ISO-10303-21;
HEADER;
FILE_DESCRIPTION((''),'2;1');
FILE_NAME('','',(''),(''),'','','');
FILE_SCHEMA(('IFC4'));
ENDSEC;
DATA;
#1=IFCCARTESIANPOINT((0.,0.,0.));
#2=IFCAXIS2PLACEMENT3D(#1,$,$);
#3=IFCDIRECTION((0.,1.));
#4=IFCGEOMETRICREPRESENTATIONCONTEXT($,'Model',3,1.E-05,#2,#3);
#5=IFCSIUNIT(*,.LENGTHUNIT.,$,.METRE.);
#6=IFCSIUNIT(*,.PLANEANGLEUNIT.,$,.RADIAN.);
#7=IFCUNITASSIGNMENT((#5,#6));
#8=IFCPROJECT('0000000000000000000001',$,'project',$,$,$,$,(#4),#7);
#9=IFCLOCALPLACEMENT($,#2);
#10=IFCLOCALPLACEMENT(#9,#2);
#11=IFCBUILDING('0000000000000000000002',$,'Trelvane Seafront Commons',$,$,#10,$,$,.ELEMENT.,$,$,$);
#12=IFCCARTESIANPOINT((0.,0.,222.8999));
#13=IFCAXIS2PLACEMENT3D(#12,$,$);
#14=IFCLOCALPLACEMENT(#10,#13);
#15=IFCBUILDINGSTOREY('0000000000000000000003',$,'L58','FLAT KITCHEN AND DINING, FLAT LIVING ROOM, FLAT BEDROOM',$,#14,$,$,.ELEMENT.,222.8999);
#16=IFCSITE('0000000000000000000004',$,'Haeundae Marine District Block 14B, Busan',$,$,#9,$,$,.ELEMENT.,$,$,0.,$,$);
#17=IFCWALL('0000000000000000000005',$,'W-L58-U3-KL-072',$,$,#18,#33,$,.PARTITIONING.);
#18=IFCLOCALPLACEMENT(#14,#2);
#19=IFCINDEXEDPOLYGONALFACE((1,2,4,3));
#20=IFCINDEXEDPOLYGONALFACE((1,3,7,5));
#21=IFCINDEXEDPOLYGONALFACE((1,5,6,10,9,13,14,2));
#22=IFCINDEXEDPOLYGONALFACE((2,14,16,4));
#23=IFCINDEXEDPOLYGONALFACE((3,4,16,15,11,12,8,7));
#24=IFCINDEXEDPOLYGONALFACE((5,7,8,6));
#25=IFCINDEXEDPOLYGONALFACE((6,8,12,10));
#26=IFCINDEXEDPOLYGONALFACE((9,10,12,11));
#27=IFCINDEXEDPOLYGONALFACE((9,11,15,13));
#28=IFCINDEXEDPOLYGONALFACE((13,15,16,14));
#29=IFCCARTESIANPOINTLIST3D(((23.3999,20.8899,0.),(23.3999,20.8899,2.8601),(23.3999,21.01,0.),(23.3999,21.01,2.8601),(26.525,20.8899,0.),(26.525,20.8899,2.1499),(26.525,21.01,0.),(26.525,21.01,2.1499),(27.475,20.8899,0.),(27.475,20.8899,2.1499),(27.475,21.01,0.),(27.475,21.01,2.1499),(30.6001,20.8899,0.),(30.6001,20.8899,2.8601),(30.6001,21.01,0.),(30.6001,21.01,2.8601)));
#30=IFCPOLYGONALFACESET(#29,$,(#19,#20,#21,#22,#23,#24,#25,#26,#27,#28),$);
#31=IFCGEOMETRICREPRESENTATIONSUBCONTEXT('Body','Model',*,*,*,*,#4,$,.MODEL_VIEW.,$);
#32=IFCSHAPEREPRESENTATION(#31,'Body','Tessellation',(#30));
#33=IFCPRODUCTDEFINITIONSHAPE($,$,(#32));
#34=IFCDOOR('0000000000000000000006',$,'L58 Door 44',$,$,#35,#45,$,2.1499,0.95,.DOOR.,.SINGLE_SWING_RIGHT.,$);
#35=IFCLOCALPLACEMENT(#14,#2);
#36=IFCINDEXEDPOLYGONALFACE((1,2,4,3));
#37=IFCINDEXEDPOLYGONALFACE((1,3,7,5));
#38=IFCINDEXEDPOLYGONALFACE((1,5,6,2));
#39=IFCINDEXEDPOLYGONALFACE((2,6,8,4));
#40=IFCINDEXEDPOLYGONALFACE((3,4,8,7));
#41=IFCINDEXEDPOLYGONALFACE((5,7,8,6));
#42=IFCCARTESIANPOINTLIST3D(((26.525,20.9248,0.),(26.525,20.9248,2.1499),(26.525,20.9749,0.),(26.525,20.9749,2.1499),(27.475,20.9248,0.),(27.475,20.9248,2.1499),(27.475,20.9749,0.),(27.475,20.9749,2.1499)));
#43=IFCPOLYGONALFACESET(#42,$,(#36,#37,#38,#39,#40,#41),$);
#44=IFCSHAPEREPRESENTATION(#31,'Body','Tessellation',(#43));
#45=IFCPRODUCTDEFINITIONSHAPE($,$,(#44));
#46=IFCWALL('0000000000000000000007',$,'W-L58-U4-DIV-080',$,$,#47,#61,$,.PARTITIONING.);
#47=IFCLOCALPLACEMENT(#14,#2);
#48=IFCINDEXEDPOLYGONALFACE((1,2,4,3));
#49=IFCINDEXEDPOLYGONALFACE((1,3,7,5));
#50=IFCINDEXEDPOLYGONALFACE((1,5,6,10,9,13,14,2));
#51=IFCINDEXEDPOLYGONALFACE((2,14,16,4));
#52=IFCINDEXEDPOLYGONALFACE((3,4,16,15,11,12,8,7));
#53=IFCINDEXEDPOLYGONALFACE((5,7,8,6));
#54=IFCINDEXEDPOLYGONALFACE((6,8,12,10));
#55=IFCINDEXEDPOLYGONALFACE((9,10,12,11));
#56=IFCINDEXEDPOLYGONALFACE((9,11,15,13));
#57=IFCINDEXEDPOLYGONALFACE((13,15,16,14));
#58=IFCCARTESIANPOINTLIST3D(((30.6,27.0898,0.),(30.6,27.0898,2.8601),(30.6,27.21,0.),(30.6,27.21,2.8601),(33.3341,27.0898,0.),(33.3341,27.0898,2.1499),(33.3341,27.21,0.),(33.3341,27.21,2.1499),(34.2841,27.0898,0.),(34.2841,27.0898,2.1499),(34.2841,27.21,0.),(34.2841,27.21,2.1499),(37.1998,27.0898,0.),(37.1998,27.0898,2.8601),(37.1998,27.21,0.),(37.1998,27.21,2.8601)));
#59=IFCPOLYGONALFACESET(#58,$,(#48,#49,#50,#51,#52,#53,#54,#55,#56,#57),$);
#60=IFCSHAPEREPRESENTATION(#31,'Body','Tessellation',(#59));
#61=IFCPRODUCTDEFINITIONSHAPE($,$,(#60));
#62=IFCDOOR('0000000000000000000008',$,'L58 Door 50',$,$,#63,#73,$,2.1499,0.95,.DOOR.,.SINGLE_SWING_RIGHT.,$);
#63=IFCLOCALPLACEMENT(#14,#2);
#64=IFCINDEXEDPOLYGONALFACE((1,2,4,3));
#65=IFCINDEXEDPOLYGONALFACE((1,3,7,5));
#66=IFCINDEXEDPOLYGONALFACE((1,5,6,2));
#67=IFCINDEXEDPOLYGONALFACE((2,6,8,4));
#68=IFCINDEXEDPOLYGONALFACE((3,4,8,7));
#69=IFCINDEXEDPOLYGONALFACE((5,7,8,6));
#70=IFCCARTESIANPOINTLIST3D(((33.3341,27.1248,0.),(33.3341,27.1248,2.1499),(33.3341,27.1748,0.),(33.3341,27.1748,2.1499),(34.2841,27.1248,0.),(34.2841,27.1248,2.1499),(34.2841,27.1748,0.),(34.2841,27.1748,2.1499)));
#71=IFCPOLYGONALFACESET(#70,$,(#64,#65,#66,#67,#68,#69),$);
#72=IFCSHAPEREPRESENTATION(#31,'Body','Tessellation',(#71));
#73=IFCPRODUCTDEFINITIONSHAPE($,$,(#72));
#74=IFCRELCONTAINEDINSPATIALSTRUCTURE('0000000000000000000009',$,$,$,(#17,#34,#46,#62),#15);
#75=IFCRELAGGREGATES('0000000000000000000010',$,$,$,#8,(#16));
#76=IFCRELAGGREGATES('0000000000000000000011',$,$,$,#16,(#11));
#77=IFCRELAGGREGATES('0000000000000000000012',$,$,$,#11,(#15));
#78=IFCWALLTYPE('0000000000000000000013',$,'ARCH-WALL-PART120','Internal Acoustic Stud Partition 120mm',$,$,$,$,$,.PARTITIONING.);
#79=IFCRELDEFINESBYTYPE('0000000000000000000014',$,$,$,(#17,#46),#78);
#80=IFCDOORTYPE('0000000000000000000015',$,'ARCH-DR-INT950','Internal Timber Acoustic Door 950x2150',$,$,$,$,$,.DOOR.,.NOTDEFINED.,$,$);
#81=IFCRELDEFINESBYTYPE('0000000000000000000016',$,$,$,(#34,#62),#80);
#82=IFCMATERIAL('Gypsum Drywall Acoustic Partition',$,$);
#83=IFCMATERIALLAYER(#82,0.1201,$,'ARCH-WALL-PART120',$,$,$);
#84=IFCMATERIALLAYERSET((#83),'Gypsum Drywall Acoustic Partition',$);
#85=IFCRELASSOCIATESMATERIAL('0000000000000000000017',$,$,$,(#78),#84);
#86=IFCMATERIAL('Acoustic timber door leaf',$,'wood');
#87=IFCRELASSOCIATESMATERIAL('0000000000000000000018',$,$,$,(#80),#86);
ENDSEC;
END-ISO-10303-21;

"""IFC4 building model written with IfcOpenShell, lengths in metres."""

from ifc_helpers import new_model, si_unit, direction, frame, frame_2d, origin, place, context, subcontext, project, spatial, rectangle, extrude, source, transform, mapped, material, layer, layer_set, type_object, element, fill, save


model = new_model("IFC4")

# Units and contexts
model_context = context("Model", 3, precision=1e-05, world=origin(), true_north=direction((0.0, 1.0)))
body_context = subcontext(model_context, "Body", "Model", "MODEL_VIEW")
ifc_project = project(units=[si_unit("LENGTHUNIT", "METRE"), si_unit("PLANEANGLEUNIT", "RADIAN")], contexts=[model_context])

# Site, building, storey
site_placement = place(None, origin())
site = spatial("IfcSite", under=ifc_project, at=site_placement, Name="Haeundae Marine District Block 14B, Busan", CompositionType="ELEMENT", RefElevation=0.0)
building_placement = place(site_placement, origin())
building = spatial("IfcBuilding", under=site, at=building_placement, Name="Trelvane Seafront Commons", CompositionType="ELEMENT")
storey_placement = place(building_placement, frame((0.0, 0.0, 222.8999)))
storey = spatial("IfcBuildingStorey", under=building, at=storey_placement, Name="L58", Description="FLAT KITCHEN AND DINING, FLAT LIVING ROOM, FLAT BEDROOM", CompositionType="ELEMENT", Elevation=222.8999)

# Walls, openings, doors
ifc_material_1 = material(Name="Gypsum Drywall Acoustic Partition")
ifc_layer = layer(ifc_material_1, 0.1201, Name="ARCH-WALL-PART120")
ifc_layer_set = layer_set([ifc_layer], Name="Gypsum Drywall Acoustic Partition")
wall_type = type_object("IfcWallType", Name="ARCH-WALL-PART120", Description="Internal Acoustic Stud Partition 120mm", PredefinedType="PARTITIONING", material=ifc_layer_set)
wall_1_placement = place(storey_placement, frame((23.3999, 20.95, 0.0), z_axis=(0.0, 0.0, 1.0), x_axis=(1.0, 0.0, 0.0)))
wall_1 = element("IfcWall", 1, at=wall_1_placement, inside=storey, type_object=wall_type, Name="W-L58-U3-KL-072", PredefinedType="PARTITIONING", context=body_context, shape_type="SweptSolid", body=[
    extrude(rectangle(XDim=7.2002, YDim=0.1201, at=frame_2d((3.6001, 0.0))), origin(), (0.0, 0.0, 1.0), 2.8601),
])
opening_1_placement = place(wall_1_placement, frame((3.125, 0.0, 0.0)))
opening_1 = element("IfcOpeningElement", 2, at=opening_1_placement, cuts=wall_1, PredefinedType="OPENING", context=body_context, shape_type="SweptSolid", body=[
    extrude(rectangle(XDim=0.95, YDim=2.1499, at=frame_2d((0.4751, 1.075))), frame((0.0, 0.0701, 0.0), z_axis=(0.0, -1.0, 0.0), x_axis=(1.0, 0.0, 0.0)), (0.0, 0.0, 1.0), 0.1401),
])
ifc_material_2 = material(Name="Acoustic timber door leaf", Category="wood")
door_type = type_object("IfcDoorType", Name="ARCH-DR-INT950", Description="Internal Timber Acoustic Door 950x2150", OperationType="NOTDEFINED", PredefinedType="DOOR", material=ifc_material_2)
shared_shape_1 = source(origin(), body_context, "Body", "SweptSolid", [
    extrude(rectangle(XDim=0.95, YDim=2.1499, at=frame_2d((0.4751, 1.075))), frame((0.0, 0.0249, 0.0), z_axis=(0.0, -1.0, 0.0), x_axis=(1.0, 0.0, 0.0)), (0.0, 0.0, 1.0), 0.05),
])
door_1_placement = place(opening_1_placement, origin())
door_1 = element("IfcDoor", 3, at=door_1_placement, inside=storey, type_object=door_type, Name="L58 Door 44", OperationType="SINGLE_SWING_RIGHT", OverallHeight=2.1499, OverallWidth=0.95, PredefinedType="DOOR", context=body_context, shape_type="MappedRepresentation", body=[
    mapped(shared_shape_1, transform((0.0, 0.0, 0.0), x_axis=(1.0, 0.0, 0.0), y_axis=(0.0, 1.0, 0.0), z_axis=(0.0, 0.0, 1.0), scale=1.0)),
])
fill(opening_1, door_1)
wall_2_placement = place(storey_placement, frame((30.6001, 27.1499, 0.0), z_axis=(0.0, 0.0, 1.0), x_axis=(1.0, 0.0, 0.0)))
wall_2 = element("IfcWall", 4, at=wall_2_placement, inside=storey, type_object=wall_type, Name="W-L58-U4-DIV-080", PredefinedType="PARTITIONING", context=body_context, shape_type="SweptSolid", body=[
    extrude(rectangle(XDim=6.5999, YDim=0.1201, at=frame_2d((3.2998, 0.0))), origin(), (0.0, 0.0, 1.0), 2.8601),
])
opening_2_placement = place(wall_2_placement, frame((2.7339, 0.0, 0.0)))
opening_2 = element("IfcOpeningElement", 5, at=opening_2_placement, cuts=wall_2, PredefinedType="OPENING", context=body_context, shape_type="SweptSolid", body=[
    extrude(rectangle(XDim=0.95, YDim=2.1499, at=frame_2d((0.4751, 1.075))), frame((0.0, 0.0701, 0.0), z_axis=(0.0, -1.0, 0.0), x_axis=(1.0, 0.0, 0.0)), (0.0, 0.0, 1.0), 0.1401),
])
door_2_placement = place(opening_2_placement, origin())
door_2 = element("IfcDoor", 6, at=door_2_placement, inside=storey, type_object=door_type, Name="L58 Door 50", OperationType="SINGLE_SWING_RIGHT", OverallHeight=2.1499, OverallWidth=0.95, PredefinedType="DOOR", context=body_context, shape_type="MappedRepresentation", body=[
    mapped(shared_shape_1, transform((0.0, 0.0, 0.0), x_axis=(1.0, 0.0, 0.0), y_axis=(0.0, 1.0, 0.0), z_axis=(0.0, 0.0, 1.0), scale=1.0)),
])
fill(opening_2, door_2)

save(model, "model.ifc")
